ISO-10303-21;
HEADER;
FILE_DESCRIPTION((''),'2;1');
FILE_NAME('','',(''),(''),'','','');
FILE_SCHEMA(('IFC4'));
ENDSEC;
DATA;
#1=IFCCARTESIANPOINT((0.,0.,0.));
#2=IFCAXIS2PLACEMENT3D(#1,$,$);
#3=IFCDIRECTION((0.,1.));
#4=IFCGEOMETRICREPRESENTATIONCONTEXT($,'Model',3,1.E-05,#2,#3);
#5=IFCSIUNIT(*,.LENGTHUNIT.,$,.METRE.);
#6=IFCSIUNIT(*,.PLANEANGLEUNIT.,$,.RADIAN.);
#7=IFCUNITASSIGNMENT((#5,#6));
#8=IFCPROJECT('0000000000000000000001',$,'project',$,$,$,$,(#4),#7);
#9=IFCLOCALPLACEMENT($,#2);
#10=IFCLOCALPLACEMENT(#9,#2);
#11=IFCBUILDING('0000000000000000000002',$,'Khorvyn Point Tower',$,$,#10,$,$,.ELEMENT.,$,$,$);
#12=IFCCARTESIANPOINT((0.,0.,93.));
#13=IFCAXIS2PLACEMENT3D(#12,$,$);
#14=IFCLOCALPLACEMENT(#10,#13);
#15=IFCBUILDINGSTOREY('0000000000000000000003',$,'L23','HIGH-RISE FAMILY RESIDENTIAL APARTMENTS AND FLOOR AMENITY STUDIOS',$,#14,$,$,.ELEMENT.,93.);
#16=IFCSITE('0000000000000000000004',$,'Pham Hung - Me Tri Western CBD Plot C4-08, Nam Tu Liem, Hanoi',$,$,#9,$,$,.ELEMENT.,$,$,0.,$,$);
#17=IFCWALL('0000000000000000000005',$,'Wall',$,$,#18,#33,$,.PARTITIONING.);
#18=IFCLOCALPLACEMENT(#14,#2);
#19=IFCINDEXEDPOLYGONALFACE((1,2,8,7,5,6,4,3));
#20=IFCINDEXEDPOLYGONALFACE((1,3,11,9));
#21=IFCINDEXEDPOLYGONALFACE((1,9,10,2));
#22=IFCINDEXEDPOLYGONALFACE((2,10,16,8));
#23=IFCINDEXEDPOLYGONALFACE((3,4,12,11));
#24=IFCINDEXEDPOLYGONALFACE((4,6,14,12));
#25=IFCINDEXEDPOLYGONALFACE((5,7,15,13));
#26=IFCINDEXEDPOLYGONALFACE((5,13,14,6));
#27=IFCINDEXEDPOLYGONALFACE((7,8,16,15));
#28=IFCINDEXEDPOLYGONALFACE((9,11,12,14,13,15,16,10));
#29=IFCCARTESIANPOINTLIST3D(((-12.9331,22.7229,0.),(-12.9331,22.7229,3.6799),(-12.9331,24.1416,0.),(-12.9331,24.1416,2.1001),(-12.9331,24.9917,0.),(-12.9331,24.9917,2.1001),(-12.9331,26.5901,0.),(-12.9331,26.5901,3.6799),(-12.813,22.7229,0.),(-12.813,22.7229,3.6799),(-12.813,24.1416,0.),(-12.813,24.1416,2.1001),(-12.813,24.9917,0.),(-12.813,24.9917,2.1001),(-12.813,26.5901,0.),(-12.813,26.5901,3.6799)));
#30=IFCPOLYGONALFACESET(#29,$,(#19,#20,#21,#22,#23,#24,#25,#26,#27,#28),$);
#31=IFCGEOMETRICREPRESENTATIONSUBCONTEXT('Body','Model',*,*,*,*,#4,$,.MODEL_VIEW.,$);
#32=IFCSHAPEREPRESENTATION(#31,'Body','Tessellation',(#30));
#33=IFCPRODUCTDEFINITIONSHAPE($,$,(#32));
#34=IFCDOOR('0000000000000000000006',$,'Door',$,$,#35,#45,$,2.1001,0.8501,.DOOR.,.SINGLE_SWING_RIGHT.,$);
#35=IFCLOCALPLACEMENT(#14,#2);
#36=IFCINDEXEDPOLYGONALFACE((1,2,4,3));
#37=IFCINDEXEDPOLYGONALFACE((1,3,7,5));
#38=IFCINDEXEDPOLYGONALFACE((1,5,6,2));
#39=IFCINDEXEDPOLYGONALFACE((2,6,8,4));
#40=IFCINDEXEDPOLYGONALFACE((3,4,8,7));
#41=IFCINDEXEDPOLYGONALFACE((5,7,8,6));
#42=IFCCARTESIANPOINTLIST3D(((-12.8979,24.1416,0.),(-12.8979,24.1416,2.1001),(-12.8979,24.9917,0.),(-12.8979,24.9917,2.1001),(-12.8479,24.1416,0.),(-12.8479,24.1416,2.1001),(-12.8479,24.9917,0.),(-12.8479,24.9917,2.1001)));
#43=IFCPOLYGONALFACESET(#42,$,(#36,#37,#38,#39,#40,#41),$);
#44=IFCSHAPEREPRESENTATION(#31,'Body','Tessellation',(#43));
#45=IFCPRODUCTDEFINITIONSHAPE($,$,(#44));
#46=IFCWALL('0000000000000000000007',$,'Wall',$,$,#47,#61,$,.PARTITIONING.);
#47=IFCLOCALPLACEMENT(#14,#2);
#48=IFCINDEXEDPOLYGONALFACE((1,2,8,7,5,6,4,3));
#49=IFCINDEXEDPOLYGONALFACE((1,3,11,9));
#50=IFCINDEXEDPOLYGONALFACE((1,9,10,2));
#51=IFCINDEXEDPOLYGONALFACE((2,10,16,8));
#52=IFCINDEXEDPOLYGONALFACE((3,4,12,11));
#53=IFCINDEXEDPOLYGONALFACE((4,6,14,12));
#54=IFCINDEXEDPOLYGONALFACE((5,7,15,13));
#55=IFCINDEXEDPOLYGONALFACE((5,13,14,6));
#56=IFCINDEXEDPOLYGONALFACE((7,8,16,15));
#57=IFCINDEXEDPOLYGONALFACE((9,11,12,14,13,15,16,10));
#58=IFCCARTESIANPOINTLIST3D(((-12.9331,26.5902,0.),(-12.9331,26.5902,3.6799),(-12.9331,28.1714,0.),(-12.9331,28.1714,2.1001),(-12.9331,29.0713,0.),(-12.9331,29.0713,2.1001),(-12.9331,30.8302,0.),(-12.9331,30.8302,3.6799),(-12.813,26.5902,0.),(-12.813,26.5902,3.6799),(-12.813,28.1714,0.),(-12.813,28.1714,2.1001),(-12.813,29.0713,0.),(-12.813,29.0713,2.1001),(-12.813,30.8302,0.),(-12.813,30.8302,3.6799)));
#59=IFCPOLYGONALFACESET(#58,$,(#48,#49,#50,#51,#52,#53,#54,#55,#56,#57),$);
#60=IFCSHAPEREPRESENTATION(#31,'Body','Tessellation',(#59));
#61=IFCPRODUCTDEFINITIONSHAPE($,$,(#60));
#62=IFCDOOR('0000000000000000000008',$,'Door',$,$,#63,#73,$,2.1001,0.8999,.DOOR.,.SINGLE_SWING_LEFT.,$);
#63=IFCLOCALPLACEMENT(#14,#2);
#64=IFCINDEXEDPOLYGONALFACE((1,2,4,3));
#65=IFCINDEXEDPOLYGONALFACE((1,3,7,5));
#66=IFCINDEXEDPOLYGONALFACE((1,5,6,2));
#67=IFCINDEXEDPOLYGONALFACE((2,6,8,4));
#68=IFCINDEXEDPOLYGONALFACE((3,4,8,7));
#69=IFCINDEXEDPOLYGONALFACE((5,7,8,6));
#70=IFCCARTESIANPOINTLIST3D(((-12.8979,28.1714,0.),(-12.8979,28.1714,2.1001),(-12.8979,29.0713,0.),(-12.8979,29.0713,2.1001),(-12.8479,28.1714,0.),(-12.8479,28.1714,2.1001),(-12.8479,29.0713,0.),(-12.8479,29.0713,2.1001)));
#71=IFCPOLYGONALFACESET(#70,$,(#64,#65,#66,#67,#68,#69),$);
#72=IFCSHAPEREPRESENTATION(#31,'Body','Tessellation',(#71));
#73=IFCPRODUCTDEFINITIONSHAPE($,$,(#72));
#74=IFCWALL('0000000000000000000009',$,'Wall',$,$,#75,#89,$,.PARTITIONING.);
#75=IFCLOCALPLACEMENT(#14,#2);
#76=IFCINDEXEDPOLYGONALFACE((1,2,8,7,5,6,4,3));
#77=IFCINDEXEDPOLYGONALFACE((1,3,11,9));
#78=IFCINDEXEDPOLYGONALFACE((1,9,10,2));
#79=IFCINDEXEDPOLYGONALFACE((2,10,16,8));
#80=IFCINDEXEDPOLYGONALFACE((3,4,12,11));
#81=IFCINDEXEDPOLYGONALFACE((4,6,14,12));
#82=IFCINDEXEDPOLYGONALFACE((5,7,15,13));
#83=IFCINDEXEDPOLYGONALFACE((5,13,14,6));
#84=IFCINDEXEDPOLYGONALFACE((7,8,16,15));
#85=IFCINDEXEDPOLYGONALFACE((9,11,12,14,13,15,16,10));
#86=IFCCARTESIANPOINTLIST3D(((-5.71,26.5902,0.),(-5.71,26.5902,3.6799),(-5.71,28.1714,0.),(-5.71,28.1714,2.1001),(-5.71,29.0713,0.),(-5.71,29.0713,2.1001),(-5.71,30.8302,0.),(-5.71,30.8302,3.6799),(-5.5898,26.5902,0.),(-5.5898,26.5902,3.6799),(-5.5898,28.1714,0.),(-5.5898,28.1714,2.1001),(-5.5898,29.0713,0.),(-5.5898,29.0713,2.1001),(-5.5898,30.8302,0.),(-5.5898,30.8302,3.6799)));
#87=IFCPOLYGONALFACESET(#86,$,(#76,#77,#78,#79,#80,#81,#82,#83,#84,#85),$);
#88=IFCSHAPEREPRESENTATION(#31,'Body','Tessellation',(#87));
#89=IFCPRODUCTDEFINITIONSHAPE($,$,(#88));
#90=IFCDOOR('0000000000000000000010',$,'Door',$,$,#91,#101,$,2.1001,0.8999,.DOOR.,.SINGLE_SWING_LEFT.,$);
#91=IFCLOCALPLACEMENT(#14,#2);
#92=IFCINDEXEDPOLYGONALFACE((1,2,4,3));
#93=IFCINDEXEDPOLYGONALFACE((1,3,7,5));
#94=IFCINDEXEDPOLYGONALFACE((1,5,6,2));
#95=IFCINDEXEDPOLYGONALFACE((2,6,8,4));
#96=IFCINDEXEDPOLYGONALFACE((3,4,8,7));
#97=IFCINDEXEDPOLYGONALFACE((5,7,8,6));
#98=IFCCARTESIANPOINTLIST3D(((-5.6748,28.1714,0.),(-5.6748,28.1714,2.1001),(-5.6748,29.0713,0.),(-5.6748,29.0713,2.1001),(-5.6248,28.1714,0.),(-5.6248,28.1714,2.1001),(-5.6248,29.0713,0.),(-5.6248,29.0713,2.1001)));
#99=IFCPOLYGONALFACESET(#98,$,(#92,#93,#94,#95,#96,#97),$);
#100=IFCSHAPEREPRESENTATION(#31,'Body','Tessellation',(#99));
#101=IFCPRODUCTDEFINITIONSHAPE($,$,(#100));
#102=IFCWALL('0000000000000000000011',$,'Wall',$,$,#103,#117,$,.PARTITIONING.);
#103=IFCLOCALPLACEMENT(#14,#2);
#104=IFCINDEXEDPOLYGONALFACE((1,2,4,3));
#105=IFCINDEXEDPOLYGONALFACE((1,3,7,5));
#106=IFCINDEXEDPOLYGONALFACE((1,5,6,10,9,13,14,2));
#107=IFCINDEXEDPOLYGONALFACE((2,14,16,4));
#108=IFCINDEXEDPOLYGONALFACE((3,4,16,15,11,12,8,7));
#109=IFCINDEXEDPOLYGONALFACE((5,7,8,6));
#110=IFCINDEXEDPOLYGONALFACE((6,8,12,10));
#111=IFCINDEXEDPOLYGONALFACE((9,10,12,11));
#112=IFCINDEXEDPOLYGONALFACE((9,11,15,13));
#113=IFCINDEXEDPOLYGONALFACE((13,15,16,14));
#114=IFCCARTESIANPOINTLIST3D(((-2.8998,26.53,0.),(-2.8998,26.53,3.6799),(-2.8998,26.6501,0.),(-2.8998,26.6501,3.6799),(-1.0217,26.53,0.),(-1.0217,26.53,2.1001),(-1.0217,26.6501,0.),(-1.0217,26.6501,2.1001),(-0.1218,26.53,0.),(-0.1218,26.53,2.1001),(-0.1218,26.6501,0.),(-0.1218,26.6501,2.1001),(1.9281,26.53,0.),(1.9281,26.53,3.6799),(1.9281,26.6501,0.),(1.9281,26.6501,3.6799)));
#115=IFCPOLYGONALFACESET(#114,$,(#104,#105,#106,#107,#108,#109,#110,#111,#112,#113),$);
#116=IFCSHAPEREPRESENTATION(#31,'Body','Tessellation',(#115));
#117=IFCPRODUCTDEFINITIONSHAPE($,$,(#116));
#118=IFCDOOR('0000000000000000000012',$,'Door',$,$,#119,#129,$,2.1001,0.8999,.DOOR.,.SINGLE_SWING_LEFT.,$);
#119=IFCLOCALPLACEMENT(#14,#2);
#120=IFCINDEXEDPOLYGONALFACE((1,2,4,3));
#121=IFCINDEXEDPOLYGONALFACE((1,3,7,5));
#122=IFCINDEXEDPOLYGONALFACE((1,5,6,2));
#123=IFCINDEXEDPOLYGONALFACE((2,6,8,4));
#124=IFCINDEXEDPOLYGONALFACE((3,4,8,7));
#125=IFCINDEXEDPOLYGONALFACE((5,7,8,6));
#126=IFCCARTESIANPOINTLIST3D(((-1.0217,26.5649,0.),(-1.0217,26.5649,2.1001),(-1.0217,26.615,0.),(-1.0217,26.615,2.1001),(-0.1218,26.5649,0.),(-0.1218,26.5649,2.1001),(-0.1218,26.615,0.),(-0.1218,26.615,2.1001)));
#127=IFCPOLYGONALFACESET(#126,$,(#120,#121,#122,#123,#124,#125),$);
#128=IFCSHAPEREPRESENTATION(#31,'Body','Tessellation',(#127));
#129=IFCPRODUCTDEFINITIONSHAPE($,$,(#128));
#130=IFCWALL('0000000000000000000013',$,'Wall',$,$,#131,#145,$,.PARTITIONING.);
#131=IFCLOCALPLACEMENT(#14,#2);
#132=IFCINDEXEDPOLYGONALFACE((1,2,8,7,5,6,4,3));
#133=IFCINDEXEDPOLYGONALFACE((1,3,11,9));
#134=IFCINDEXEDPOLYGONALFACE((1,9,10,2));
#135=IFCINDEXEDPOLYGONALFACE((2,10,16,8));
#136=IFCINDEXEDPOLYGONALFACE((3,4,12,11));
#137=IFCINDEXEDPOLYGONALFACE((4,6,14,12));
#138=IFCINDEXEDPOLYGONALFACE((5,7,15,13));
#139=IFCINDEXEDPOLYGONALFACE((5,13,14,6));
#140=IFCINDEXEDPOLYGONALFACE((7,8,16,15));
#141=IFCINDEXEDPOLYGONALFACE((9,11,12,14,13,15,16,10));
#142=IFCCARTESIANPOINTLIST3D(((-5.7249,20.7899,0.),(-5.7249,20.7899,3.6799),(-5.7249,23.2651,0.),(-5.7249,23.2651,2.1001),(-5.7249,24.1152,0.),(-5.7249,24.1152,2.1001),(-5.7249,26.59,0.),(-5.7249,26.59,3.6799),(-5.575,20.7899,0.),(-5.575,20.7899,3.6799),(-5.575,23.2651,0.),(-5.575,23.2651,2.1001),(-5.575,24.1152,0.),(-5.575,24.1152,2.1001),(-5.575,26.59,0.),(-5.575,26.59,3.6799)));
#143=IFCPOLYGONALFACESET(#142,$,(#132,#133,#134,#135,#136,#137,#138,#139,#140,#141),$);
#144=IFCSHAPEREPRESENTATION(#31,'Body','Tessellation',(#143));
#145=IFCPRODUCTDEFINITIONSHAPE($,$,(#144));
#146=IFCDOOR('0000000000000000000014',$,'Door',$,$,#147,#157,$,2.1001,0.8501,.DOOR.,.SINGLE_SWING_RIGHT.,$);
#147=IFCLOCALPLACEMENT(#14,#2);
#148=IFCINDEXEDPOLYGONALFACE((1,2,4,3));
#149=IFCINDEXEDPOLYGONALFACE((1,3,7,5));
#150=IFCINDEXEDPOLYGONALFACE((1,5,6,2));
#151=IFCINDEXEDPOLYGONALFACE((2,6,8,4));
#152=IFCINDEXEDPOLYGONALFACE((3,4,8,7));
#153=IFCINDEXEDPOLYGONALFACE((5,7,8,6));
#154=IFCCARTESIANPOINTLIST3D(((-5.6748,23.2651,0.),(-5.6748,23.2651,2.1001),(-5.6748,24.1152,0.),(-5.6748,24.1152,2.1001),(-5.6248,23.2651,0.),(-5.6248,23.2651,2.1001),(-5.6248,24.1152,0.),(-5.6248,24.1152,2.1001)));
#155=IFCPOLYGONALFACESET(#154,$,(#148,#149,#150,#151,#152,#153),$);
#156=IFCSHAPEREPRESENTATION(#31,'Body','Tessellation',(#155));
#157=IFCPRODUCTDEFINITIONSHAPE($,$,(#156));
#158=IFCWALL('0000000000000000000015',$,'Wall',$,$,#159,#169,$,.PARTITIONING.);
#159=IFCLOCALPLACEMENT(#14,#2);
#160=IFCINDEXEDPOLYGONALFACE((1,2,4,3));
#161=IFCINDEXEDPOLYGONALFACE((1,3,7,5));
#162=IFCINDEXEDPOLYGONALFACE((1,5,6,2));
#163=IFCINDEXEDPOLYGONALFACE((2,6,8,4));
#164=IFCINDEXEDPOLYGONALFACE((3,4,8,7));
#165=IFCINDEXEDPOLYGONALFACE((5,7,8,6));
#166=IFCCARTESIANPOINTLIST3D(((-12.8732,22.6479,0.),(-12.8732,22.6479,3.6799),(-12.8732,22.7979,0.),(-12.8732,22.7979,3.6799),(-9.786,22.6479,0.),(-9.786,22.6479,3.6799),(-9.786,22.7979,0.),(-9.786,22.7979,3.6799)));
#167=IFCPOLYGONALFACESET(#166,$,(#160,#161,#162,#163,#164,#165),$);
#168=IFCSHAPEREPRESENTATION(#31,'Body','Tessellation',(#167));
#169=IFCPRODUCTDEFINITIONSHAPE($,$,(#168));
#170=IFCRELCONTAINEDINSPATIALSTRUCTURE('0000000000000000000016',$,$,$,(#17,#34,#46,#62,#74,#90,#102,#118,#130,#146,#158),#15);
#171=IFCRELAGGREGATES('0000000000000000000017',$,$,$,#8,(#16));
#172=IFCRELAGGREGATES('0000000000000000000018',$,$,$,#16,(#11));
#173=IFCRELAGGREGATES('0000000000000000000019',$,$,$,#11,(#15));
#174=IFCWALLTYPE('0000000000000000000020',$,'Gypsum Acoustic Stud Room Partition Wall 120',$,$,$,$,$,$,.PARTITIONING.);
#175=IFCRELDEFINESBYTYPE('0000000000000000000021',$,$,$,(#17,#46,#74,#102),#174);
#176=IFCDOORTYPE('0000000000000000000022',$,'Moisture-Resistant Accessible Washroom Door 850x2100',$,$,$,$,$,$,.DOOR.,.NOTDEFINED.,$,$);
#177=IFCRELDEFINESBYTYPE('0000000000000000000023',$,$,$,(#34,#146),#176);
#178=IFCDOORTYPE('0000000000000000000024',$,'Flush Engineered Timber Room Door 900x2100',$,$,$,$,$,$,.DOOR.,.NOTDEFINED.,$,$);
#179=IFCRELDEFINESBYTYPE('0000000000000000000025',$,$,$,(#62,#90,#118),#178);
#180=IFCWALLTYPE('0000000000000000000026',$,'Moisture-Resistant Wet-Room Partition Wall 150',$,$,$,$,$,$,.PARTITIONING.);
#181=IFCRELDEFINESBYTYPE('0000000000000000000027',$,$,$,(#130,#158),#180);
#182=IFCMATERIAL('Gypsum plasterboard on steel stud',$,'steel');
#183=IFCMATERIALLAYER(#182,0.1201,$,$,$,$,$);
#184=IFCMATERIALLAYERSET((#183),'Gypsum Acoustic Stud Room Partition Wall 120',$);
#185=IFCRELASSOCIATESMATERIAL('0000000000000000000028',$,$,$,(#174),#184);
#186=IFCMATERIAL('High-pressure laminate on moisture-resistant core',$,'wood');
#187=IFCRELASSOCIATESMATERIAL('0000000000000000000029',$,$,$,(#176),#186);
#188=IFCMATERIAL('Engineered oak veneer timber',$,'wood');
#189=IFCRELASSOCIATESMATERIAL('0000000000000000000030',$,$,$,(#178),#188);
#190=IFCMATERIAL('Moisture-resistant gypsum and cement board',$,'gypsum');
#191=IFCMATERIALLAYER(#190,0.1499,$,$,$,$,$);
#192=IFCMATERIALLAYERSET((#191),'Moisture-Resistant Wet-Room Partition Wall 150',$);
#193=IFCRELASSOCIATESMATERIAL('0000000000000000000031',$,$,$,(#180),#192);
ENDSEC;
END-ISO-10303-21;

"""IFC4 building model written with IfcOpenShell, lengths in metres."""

from ifc_helpers import new_model, si_unit, direction, frame, frame_2d, origin, place, context, subcontext, project, spatial, rectangle, extrude, material, layer, layer_set, type_object, element, fill, save


model = new_model("IFC4")

# Units and contexts
model_context = context("Model", 3, precision=1e-05, world=origin(), true_north=direction((0.0, 1.0)))
body_context = subcontext(model_context, "Body", "Model", "MODEL_VIEW")
ifc_project = project(units=[si_unit("LENGTHUNIT", "METRE"), si_unit("PLANEANGLEUNIT", "RADIAN")], contexts=[model_context])

# Site, building, storey
site_placement = place(None, origin())
site = spatial("IfcSite", under=ifc_project, at=site_placement, Name="Pham Hung - Me Tri Western CBD Plot C4-08, Nam Tu Liem, Hanoi", CompositionType="ELEMENT", RefElevation=0.0)
building_placement = place(site_placement, origin())
building = spatial("IfcBuilding", under=site, at=building_placement, Name="Khorvyn Point Tower", CompositionType="ELEMENT")
storey_placement = place(building_placement, frame((0.0, 0.0, 93.0)))
storey = spatial("IfcBuildingStorey", under=building, at=storey_placement, Name="L23", Description="HIGH-RISE FAMILY RESIDENTIAL APARTMENTS AND FLOOR AMENITY STUDIOS", CompositionType="ELEMENT", Elevation=93.0)

# Walls, openings, doors
ifc_material_1 = material(Name="Gypsum plasterboard on steel stud", Category="steel")
ifc_layer_1 = layer(ifc_material_1, 0.1201)
ifc_layer_set_1 = layer_set([ifc_layer_1], Name="Gypsum Acoustic Stud Room Partition Wall 120")
wall_type_1 = type_object("IfcWallType", Name="Gypsum Acoustic Stud Room Partition Wall 120", PredefinedType="PARTITIONING", material=ifc_layer_set_1)
wall_1_placement = place(storey_placement, frame((-12.873, 22.7229, 0.0), z_axis=(0.0, 0.0, 1.0), x_axis=(0.0, 1.0, 0.0)))
wall_1 = element("IfcWall", 1, at=wall_1_placement, inside=storey, type_object=wall_type_1, Name="Wall", PredefinedType="PARTITIONING", context=body_context, shape_type="SweptSolid", body=[
    extrude(rectangle(XDim=3.8672, YDim=0.1201, at=frame_2d((1.9336, 0.0))), origin(), (0.0, 0.0, 1.0), 3.6799),
])
opening_1_placement = place(wall_1_placement, frame((1.4187, 0.0, 0.0)))
opening_1 = element("IfcOpeningElement", 2, at=opening_1_placement, cuts=wall_1, PredefinedType="OPENING", context=body_context, shape_type="SweptSolid", body=[
    extrude(rectangle(XDim=0.8501, YDim=2.1001, at=frame_2d((0.425, 1.05))), frame((0.0, 0.0701, 0.0), z_axis=(0.0, -1.0, 0.0), x_axis=(1.0, 0.0, 0.0)), (0.0, 0.0, 1.0), 0.1401),
])
ifc_material_2 = material(Name="High-pressure laminate on moisture-resistant core", Category="wood")
door_type_1 = type_object("IfcDoorType", Name="Moisture-Resistant Accessible Washroom Door 850x2100", OperationType="NOTDEFINED", PredefinedType="DOOR", material=ifc_material_2)
door_1_placement = place(opening_1_placement, origin())
door_1 = element("IfcDoor", 3, at=door_1_placement, inside=storey, type_object=door_type_1, Name="Door", OperationType="SINGLE_SWING_RIGHT", OverallHeight=2.1001, OverallWidth=0.8501, PredefinedType="DOOR", context=body_context, shape_type="SweptSolid", body=[
    extrude(rectangle(XDim=0.8501, YDim=2.1001, at=frame_2d((0.425, 1.05))), frame((0.0, 0.0249, 0.0), z_axis=(0.0, -1.0, 0.0), x_axis=(1.0, 0.0, 0.0)), (0.0, 0.0, 1.0), 0.05),
])
fill(opening_1, door_1)
wall_2_placement = place(storey_placement, frame((-12.873, 26.5901, 0.0), z_axis=(0.0, 0.0, 1.0), x_axis=(0.0, 1.0, 0.0)))
wall_2 = element("IfcWall", 4, at=wall_2_placement, inside=storey, type_object=wall_type_1, Name="Wall", PredefinedType="PARTITIONING", context=body_context, shape_type="SweptSolid", body=[
    extrude(rectangle(XDim=4.24, YDim=0.1201, at=frame_2d((2.1201, 0.0))), origin(), (0.0, 0.0, 1.0), 3.6799),
])
opening_2_placement = place(wall_2_placement, frame((1.5813, 0.0, 0.0)))
opening_2 = element("IfcOpeningElement", 5, at=opening_2_placement, cuts=wall_2, PredefinedType="OPENING", context=body_context, shape_type="SweptSolid", body=[
    extrude(rectangle(XDim=0.8999, YDim=2.1001, at=frame_2d((0.45, 1.05))), frame((0.0, 0.0701, 0.0), z_axis=(0.0, -1.0, 0.0), x_axis=(1.0, 0.0, 0.0)), (0.0, 0.0, 1.0), 0.1401),
])
ifc_material_3 = material(Name="Engineered oak veneer timber", Category="wood")
door_type_2 = type_object("IfcDoorType", Name="Flush Engineered Timber Room Door 900x2100", OperationType="NOTDEFINED", PredefinedType="DOOR", material=ifc_material_3)
door_2_placement = place(opening_2_placement, origin())
door_2 = element("IfcDoor", 6, at=door_2_placement, inside=storey, type_object=door_type_2, Name="Door", OperationType="SINGLE_SWING_LEFT", OverallHeight=2.1001, OverallWidth=0.8999, PredefinedType="DOOR", context=body_context, shape_type="SweptSolid", body=[
    extrude(rectangle(XDim=0.8999, YDim=2.1001, at=frame_2d((0.45, 1.05))), frame((0.0, 0.0249, 0.0), z_axis=(0.0, -1.0, 0.0), x_axis=(1.0, 0.0, 0.0)), (0.0, 0.0, 1.0), 0.05),
])
fill(opening_2, door_2)
wall_3_placement = place(storey_placement, frame((-5.6499, 26.5901, 0.0), z_axis=(0.0, 0.0, 1.0), x_axis=(0.0, 1.0, 0.0)))
wall_3 = element("IfcWall", 7, at=wall_3_placement, inside=storey, type_object=wall_type_1, Name="Wall", PredefinedType="PARTITIONING", context=body_context, shape_type="SweptSolid", body=[
    extrude(rectangle(XDim=4.24, YDim=0.1201, at=frame_2d((2.1201, 0.0))), origin(), (0.0, 0.0, 1.0), 3.6799),
])
opening_3_placement = place(wall_3_placement, frame((1.5813, 0.0, 0.0)))
opening_3 = element("IfcOpeningElement", 8, at=opening_3_placement, cuts=wall_3, PredefinedType="OPENING", context=body_context, shape_type="SweptSolid", body=[
    extrude(rectangle(XDim=0.8999, YDim=2.1001, at=frame_2d((0.45, 1.05))), frame((0.0, 0.0701, 0.0), z_axis=(0.0, -1.0, 0.0), x_axis=(1.0, 0.0, 0.0)), (0.0, 0.0, 1.0), 0.1401),
])
door_3_placement = place(opening_3_placement, origin())
door_3 = element("IfcDoor", 9, at=door_3_placement, inside=storey, type_object=door_type_2, Name="Door", OperationType="SINGLE_SWING_LEFT", OverallHeight=2.1001, OverallWidth=0.8999, PredefinedType="DOOR", context=body_context, shape_type="SweptSolid", body=[
    extrude(rectangle(XDim=0.8999, YDim=2.1001, at=frame_2d((0.45, 1.05))), frame((0.0, 0.0249, 0.0), z_axis=(0.0, -1.0, 0.0), x_axis=(1.0, 0.0, 0.0)), (0.0, 0.0, 1.0), 0.05),
])
fill(opening_3, door_3)
wall_4_placement = place(storey_placement, frame((-2.8999, 26.5901, 0.0), z_axis=(0.0, 0.0, 1.0), x_axis=(1.0, 0.0, 0.0)))
wall_4 = element("IfcWall", 10, at=wall_4_placement, inside=storey, type_object=wall_type_1, Name="Wall", PredefinedType="PARTITIONING", context=body_context, shape_type="SweptSolid", body=[
    extrude(rectangle(XDim=4.8279, YDim=0.1201, at=frame_2d((2.4141, 0.0))), origin(), (0.0, 0.0, 1.0), 3.6799),
])
opening_4_placement = place(wall_4_placement, frame((1.8782, 0.0, 0.0)))
opening_4 = element("IfcOpeningElement", 11, at=opening_4_placement, cuts=wall_4, PredefinedType="OPENING", context=body_context, shape_type="SweptSolid", body=[
    extrude(rectangle(XDim=0.8999, YDim=2.1001, at=frame_2d((0.45, 1.05))), frame((0.0, 0.0701, 0.0), z_axis=(0.0, -1.0, 0.0), x_axis=(1.0, 0.0, 0.0)), (0.0, 0.0, 1.0), 0.1401),
])
door_4_placement = place(opening_4_placement, origin())
door_4 = element("IfcDoor", 12, at=door_4_placement, inside=storey, type_object=door_type_2, Name="Door", OperationType="SINGLE_SWING_LEFT", OverallHeight=2.1001, OverallWidth=0.8999, PredefinedType="DOOR", context=body_context, shape_type="SweptSolid", body=[
    extrude(rectangle(XDim=0.8999, YDim=2.1001, at=frame_2d((0.45, 1.05))), frame((0.0, 0.0249, 0.0), z_axis=(0.0, -1.0, 0.0), x_axis=(1.0, 0.0, 0.0)), (0.0, 0.0, 1.0), 0.05),
])
fill(opening_4, door_4)
ifc_material_4 = material(Name="Moisture-resistant gypsum and cement board", Category="gypsum")
ifc_layer_2 = layer(ifc_material_4, 0.1499)
ifc_layer_set_2 = layer_set([ifc_layer_2], Name="Moisture-Resistant Wet-Room Partition Wall 150")
wall_type_2 = type_object("IfcWallType", Name="Moisture-Resistant Wet-Room Partition Wall 150", PredefinedType="PARTITIONING", material=ifc_layer_set_2)
wall_5_placement = place(storey_placement, frame((-5.6499, 20.79, 0.0), z_axis=(0.0, 0.0, 1.0), x_axis=(0.0, 1.0, 0.0)))
wall_5 = element("IfcWall", 13, at=wall_5_placement, inside=storey, type_object=wall_type_2, Name="Wall", PredefinedType="PARTITIONING", context=body_context, shape_type="SweptSolid", body=[
    extrude(rectangle(XDim=5.8, YDim=0.1499, at=frame_2d((2.8999, 0.0))), origin(), (0.0, 0.0, 1.0), 3.6799),
])
opening_5_placement = place(wall_5_placement, frame((2.4751, 0.0, 0.0)))
opening_5 = element("IfcOpeningElement", 14, at=opening_5_placement, cuts=wall_5, PredefinedType="OPENING", context=body_context, shape_type="SweptSolid", body=[
    extrude(rectangle(XDim=0.8501, YDim=2.1001, at=frame_2d((0.425, 1.05))), frame((0.0, 0.085, 0.0), z_axis=(0.0, -1.0, 0.0), x_axis=(1.0, 0.0, 0.0)), (0.0, 0.0, 1.0), 0.1699),
])
door_5_placement = place(opening_5_placement, origin())
door_5 = element("IfcDoor", 15, at=door_5_placement, inside=storey, type_object=door_type_1, Name="Door", OperationType="SINGLE_SWING_RIGHT", OverallHeight=2.1001, OverallWidth=0.8501, PredefinedType="DOOR", context=body_context, shape_type="SweptSolid", body=[
    extrude(rectangle(XDim=0.8501, YDim=2.1001, at=frame_2d((0.425, 1.05))), frame((0.0, 0.0249, 0.0), z_axis=(0.0, -1.0, 0.0), x_axis=(1.0, 0.0, 0.0)), (0.0, 0.0, 1.0), 0.05),
])
fill(opening_5, door_5)

# Wall
for number, where, z_axis, x_axis, name in (
    (16, (-12.873, 22.7229, 0.0), (0.0, 0.0, 1.0), (1.0, 0.0, 0.0), "Wall"),
):
    element("IfcWall", number, at=place(storey_placement, frame(where, z_axis=z_axis, x_axis=x_axis)), inside=storey, type_object=wall_type_2, Name=name, PredefinedType="PARTITIONING", context=body_context, shape_type="SweptSolid", body=[
        extrude(rectangle(XDim=3.0872, YDim=0.1499, at=frame_2d((1.5435, 0.0))), origin(), (0.0, 0.0, 1.0), 3.6799),
    ])

save(model, "model.ifc")
